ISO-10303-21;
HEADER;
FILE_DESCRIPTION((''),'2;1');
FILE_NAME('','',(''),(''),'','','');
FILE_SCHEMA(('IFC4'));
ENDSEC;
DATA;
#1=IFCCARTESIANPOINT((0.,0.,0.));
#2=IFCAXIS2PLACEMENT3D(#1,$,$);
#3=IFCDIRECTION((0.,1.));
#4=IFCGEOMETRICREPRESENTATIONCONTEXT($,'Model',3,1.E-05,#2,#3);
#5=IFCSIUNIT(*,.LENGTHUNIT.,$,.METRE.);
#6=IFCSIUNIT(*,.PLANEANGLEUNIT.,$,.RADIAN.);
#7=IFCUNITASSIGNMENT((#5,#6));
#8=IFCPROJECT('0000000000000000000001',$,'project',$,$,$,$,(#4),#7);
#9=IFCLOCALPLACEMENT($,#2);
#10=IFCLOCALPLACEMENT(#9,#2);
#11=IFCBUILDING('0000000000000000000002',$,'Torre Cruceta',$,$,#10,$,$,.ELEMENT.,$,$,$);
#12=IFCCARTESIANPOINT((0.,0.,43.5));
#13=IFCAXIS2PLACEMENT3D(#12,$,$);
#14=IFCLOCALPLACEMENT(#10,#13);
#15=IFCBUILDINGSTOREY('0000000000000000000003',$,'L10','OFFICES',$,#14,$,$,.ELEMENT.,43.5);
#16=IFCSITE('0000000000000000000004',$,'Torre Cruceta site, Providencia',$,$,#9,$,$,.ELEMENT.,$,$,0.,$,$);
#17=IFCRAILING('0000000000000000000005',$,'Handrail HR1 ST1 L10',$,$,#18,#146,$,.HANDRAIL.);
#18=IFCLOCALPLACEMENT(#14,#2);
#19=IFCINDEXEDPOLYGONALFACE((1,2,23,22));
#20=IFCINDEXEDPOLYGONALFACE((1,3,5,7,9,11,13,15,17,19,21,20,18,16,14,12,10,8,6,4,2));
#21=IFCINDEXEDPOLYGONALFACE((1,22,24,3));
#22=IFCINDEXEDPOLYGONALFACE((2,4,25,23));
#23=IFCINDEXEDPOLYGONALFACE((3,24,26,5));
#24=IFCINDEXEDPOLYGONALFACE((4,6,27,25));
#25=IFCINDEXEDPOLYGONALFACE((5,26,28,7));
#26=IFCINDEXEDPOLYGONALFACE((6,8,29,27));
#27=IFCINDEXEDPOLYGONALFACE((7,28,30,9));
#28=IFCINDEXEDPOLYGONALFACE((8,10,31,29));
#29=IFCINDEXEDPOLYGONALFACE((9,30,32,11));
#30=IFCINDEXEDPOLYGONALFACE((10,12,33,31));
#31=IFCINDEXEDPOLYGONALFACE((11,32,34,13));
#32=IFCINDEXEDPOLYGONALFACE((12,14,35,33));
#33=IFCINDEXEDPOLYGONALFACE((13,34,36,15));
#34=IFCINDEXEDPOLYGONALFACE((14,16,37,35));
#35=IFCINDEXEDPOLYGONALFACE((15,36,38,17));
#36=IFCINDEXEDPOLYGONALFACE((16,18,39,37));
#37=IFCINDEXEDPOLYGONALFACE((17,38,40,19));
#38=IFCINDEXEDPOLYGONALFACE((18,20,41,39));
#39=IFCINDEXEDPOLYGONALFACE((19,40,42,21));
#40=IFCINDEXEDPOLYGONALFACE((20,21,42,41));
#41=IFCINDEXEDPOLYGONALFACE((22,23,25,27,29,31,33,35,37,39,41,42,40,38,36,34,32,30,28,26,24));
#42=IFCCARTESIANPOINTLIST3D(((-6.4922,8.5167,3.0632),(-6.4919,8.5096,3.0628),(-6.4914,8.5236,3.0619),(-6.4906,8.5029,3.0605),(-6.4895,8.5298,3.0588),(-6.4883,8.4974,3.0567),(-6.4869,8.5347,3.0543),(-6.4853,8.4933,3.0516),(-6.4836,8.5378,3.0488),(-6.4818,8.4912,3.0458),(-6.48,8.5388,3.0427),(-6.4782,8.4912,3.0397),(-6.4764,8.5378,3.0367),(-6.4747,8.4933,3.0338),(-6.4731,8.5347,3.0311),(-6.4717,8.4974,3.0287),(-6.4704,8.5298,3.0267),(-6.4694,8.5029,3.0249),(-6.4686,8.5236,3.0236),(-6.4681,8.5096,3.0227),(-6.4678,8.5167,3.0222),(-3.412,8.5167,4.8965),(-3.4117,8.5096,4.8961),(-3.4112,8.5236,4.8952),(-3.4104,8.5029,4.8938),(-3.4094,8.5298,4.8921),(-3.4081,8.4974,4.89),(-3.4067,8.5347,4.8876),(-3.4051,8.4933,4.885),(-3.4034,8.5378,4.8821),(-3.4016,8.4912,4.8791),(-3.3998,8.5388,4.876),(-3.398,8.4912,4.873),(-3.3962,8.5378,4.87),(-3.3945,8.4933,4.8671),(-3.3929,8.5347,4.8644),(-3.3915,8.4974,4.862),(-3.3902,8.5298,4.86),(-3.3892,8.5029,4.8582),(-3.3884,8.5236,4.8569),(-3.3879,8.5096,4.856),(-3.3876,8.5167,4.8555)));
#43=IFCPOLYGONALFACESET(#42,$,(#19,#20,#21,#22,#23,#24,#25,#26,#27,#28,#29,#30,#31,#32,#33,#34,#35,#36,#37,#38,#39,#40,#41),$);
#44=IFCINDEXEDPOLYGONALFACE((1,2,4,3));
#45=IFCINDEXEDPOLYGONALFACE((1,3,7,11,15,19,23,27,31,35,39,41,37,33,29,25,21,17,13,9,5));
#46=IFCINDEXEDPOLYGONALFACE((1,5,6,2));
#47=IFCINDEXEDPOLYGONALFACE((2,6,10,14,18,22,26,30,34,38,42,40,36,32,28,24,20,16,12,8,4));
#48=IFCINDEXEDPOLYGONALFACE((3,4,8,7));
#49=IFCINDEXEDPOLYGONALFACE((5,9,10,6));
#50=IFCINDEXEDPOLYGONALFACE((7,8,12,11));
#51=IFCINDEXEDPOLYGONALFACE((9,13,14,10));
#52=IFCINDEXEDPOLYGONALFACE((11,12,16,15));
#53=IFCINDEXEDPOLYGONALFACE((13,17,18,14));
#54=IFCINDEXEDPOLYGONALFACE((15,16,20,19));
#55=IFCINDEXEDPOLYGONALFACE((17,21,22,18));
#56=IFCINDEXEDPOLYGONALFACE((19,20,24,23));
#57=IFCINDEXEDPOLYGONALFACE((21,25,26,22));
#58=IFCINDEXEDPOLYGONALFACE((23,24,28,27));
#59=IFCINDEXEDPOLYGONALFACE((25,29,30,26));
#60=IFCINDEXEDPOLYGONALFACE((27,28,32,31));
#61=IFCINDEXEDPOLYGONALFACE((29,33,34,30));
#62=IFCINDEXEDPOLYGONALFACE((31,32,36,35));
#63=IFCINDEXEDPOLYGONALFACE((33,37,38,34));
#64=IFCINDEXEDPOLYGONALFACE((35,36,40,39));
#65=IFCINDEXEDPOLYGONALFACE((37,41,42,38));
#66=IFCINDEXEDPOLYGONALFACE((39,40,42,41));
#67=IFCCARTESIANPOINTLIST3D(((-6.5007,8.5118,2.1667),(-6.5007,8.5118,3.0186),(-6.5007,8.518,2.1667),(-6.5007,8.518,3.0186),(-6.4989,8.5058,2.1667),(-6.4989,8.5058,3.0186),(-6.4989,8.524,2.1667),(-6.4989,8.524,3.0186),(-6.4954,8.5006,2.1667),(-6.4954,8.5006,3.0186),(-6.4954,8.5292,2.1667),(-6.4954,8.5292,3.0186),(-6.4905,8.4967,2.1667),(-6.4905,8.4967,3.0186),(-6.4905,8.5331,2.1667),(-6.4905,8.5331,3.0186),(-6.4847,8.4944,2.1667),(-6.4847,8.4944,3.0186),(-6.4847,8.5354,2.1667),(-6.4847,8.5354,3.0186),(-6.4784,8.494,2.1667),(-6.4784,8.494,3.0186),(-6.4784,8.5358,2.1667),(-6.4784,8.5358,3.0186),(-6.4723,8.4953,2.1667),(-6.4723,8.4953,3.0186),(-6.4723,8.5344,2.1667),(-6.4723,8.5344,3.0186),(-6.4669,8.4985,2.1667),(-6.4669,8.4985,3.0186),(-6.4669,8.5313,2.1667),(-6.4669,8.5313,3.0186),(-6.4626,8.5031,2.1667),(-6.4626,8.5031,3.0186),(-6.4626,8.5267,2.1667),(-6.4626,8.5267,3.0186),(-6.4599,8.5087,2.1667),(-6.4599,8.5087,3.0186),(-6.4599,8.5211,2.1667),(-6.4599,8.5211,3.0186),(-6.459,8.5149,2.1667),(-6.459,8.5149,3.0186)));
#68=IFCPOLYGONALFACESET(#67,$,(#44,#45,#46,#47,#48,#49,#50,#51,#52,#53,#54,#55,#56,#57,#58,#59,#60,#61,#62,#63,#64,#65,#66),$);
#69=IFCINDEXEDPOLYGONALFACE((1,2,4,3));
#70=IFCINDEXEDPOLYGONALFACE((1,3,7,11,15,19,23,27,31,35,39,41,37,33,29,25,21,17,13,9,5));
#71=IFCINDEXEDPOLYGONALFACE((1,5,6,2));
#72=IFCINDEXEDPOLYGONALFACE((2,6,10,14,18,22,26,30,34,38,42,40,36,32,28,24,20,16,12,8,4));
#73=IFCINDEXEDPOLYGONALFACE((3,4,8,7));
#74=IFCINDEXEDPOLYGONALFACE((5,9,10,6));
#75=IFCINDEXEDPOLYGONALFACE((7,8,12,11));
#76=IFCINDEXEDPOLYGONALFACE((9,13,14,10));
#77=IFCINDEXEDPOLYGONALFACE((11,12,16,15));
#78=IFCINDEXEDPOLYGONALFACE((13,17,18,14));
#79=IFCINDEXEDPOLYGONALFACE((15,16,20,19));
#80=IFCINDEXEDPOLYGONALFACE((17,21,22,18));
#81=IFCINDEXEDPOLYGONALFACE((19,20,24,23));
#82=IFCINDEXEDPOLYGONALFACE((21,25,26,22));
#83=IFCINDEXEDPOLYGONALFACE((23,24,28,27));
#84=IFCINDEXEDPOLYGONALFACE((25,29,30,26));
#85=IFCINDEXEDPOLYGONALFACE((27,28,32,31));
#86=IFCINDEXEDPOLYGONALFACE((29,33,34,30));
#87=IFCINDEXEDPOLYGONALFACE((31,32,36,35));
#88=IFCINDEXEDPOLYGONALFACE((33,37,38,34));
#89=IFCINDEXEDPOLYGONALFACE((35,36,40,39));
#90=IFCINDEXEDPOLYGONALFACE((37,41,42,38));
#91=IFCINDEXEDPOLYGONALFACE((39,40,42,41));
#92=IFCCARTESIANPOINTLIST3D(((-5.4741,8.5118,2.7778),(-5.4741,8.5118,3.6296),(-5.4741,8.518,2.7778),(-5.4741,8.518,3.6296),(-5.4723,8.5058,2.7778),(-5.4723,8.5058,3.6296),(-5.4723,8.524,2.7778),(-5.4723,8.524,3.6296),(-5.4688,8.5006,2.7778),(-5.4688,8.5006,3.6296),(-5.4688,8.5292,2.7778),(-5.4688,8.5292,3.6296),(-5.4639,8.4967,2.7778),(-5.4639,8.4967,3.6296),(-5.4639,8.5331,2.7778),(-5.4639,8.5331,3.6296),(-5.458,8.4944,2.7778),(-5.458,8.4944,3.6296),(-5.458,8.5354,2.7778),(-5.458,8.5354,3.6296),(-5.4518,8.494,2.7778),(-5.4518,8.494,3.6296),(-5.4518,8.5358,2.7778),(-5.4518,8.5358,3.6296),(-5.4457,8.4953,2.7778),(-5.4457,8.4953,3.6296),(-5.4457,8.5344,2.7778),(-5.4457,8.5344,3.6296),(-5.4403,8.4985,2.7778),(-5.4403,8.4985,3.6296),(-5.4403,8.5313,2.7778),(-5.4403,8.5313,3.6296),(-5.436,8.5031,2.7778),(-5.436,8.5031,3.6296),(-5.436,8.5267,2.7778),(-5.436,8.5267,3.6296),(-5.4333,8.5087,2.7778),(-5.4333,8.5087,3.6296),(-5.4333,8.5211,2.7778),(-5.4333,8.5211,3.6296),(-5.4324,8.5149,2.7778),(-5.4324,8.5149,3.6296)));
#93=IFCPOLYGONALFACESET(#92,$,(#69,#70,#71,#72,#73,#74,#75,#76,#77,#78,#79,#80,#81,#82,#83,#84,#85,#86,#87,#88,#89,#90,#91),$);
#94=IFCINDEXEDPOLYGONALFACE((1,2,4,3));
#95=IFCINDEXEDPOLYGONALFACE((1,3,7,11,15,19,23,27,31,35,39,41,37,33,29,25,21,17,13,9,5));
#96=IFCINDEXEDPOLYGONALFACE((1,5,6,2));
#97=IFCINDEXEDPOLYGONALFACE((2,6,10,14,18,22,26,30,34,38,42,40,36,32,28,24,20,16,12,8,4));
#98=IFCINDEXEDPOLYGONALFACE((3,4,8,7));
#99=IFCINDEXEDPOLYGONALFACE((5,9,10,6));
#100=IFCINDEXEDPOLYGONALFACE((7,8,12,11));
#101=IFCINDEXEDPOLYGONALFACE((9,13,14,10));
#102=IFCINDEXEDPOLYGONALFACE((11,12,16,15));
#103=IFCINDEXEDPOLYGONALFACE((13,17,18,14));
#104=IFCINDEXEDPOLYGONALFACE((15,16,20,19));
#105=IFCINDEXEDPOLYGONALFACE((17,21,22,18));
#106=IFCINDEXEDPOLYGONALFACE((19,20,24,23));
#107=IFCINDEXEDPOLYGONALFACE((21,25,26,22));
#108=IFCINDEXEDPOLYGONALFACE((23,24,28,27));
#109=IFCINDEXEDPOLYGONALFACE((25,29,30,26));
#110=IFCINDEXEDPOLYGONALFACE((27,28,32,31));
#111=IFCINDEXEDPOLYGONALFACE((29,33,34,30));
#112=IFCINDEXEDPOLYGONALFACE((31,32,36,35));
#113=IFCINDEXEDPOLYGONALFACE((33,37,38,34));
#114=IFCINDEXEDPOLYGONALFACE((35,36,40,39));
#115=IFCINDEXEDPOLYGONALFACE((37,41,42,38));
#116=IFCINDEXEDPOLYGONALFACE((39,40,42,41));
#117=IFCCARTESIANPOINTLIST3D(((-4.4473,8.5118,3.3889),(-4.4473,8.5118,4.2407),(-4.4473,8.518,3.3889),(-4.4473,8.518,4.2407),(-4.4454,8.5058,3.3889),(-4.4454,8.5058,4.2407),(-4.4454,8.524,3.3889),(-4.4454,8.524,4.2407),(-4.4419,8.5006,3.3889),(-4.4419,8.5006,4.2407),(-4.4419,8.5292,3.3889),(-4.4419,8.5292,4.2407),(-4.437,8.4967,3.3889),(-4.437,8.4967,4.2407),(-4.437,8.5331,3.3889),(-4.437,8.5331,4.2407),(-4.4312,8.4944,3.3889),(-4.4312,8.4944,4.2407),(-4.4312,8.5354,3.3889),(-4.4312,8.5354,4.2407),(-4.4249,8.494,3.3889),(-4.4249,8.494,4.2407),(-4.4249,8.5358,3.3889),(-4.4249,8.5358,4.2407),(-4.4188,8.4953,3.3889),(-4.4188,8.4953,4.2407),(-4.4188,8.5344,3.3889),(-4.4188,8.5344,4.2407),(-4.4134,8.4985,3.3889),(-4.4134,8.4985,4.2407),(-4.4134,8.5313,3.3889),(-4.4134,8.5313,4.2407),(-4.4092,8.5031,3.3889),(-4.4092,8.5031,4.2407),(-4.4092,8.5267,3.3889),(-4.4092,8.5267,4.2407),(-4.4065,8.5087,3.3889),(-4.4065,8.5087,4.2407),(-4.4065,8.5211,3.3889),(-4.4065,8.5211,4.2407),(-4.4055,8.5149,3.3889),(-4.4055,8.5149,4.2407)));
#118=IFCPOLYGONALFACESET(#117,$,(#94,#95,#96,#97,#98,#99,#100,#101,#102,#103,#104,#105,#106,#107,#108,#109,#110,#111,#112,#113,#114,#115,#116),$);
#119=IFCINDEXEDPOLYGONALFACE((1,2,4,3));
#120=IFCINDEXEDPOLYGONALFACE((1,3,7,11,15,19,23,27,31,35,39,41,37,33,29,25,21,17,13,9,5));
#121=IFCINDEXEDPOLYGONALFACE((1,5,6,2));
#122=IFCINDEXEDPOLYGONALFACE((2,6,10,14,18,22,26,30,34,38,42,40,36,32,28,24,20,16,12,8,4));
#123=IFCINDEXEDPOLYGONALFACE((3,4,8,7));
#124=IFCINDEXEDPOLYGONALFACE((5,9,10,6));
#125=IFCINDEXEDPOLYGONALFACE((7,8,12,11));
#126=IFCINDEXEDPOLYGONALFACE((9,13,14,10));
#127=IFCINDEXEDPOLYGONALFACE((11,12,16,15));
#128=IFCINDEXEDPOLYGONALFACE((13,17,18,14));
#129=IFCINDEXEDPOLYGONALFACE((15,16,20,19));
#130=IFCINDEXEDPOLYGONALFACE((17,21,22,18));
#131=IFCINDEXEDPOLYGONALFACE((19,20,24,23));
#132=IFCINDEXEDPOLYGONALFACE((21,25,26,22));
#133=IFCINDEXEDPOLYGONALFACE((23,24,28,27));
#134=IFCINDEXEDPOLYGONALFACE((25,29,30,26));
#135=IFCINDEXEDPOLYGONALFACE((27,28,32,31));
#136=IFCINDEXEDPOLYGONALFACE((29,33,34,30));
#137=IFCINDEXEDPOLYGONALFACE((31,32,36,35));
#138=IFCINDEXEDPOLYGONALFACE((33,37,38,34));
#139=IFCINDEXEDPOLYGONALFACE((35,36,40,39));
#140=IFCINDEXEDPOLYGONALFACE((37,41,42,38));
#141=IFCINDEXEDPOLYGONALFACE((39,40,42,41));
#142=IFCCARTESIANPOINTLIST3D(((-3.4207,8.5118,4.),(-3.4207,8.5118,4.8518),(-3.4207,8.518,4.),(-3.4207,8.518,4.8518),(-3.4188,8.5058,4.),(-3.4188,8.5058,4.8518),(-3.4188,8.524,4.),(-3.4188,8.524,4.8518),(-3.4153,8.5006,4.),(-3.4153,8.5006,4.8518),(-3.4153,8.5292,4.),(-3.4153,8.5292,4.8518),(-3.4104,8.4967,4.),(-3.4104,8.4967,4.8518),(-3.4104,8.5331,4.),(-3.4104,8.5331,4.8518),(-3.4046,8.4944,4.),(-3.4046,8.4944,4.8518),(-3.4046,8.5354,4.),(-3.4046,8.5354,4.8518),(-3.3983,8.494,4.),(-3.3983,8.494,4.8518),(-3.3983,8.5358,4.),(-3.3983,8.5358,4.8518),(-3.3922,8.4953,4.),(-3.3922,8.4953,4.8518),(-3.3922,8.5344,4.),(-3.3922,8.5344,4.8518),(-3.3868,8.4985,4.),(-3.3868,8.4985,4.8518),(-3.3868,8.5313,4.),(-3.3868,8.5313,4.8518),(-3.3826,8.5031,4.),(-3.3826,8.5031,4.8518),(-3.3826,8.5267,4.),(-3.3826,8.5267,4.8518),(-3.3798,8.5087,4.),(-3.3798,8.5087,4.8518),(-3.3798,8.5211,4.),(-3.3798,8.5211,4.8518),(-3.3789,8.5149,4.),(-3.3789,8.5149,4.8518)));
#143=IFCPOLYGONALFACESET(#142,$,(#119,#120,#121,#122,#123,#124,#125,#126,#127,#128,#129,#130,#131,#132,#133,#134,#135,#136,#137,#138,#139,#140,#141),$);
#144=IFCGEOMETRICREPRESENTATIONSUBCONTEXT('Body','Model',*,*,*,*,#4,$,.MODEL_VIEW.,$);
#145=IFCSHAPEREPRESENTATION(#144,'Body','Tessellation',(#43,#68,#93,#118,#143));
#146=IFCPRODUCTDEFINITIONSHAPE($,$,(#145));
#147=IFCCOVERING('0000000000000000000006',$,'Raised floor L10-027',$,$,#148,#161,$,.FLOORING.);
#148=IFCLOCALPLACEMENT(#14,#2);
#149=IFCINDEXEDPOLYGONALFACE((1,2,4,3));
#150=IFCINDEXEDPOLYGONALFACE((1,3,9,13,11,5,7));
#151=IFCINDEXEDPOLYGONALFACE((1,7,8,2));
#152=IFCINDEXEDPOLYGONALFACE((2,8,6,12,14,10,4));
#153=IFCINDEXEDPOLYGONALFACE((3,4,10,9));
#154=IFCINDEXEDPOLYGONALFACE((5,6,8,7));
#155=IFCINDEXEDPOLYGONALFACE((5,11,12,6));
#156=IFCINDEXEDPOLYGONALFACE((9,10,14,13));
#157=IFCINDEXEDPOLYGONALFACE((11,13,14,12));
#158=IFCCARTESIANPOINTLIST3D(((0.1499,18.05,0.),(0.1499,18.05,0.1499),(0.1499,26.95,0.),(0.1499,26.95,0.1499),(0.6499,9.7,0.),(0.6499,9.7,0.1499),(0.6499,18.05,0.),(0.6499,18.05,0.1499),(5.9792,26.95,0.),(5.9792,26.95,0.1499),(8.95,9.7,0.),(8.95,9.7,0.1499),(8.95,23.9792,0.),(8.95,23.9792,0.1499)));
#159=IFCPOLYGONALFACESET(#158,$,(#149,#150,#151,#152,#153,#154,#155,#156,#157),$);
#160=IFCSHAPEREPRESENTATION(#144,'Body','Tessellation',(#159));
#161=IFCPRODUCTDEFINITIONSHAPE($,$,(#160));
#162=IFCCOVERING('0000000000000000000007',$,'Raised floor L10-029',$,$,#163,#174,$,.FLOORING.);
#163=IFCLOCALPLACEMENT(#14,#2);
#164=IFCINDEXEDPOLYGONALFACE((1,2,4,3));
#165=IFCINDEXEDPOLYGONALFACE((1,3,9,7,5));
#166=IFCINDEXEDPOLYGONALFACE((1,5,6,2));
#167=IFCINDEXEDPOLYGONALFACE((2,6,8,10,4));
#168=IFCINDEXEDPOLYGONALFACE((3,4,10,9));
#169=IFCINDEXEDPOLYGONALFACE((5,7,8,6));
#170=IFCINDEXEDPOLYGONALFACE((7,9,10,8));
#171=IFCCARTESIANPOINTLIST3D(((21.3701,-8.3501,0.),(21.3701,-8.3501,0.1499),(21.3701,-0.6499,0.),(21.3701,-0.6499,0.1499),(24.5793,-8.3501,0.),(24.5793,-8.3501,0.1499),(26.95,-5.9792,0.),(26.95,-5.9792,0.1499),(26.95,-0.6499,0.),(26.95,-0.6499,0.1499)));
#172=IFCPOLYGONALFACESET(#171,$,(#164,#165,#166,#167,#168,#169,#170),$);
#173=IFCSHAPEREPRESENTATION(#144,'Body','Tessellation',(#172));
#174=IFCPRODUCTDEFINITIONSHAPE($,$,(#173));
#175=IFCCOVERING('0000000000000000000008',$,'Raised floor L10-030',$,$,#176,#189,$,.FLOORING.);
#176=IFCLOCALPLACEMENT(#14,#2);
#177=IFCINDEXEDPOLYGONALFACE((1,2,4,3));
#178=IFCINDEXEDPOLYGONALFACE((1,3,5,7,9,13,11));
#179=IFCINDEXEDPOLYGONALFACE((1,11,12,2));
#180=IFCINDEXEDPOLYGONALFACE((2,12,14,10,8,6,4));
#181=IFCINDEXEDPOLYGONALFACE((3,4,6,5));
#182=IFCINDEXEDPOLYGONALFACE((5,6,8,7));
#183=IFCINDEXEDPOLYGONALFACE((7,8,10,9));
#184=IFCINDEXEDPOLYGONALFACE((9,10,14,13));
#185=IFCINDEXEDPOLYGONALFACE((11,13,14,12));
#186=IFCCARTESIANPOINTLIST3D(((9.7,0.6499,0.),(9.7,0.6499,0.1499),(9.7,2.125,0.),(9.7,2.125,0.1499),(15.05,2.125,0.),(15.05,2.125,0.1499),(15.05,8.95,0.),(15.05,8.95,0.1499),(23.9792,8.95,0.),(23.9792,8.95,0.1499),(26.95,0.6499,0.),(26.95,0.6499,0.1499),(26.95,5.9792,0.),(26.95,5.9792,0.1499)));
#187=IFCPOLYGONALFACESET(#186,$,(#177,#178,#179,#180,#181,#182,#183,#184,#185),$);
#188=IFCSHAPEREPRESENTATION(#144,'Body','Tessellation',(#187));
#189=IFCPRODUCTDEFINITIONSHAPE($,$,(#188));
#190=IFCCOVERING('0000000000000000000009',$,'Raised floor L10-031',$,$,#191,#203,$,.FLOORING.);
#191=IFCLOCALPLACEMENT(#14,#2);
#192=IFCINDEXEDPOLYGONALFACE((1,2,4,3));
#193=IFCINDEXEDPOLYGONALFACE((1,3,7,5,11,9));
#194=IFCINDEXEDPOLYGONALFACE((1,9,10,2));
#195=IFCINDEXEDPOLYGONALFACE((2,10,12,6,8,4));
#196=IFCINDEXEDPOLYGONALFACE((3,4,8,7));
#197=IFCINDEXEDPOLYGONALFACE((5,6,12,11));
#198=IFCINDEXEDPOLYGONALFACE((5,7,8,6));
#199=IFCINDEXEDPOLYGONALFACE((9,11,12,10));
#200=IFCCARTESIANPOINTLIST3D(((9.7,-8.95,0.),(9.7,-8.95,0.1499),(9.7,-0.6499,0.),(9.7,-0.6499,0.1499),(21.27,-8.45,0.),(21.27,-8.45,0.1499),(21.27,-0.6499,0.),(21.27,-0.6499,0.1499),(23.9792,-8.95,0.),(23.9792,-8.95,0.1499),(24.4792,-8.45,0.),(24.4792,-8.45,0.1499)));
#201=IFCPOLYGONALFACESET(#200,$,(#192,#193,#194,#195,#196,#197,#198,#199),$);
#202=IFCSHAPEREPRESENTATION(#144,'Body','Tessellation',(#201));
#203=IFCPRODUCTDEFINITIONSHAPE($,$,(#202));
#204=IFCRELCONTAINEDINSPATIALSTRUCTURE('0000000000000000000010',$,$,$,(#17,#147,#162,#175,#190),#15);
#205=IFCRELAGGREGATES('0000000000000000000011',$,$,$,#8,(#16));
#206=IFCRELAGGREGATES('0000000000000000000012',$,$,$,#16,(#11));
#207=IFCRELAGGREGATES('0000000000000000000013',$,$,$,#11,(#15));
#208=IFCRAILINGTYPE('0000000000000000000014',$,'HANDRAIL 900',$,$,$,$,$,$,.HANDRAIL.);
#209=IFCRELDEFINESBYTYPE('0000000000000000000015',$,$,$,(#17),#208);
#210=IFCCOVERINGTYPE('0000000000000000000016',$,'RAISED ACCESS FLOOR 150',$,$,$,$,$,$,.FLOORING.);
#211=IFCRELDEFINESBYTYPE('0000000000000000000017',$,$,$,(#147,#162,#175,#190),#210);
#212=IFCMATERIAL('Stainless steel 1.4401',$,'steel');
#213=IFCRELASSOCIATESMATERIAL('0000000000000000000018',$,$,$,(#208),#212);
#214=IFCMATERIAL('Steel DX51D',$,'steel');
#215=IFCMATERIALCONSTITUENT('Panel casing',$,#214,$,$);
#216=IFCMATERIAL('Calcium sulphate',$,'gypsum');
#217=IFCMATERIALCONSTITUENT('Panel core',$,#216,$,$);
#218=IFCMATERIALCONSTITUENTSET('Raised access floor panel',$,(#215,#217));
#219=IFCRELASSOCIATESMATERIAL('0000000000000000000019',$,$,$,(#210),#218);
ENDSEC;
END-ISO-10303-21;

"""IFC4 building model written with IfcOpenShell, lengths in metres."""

from ifc_helpers import new_model, si_unit, direction, frame, origin, origin_2d, place, context, subcontext, project, spatial, polyline, circle, outline, extrude, material, constituent, constituent_set, type_object, element, save


model = new_model("IFC4")

# Units and contexts
model_context = context("Model", 3, precision=1e-05, world=origin(), true_north=direction((0.0, 1.0)))
body_context = subcontext(model_context, "Body", "Model", "MODEL_VIEW")
ifc_project = project(units=[si_unit("LENGTHUNIT", "METRE"), si_unit("PLANEANGLEUNIT", "RADIAN")], contexts=[model_context])

# Site, building, storey
site_placement = place(None, origin())
site = spatial("IfcSite", under=ifc_project, at=site_placement, Name="Torre Cruceta site, Providencia", CompositionType="ELEMENT", RefElevation=0.0)
building_placement = place(site_placement, origin())
building = spatial("IfcBuilding", under=site, at=building_placement, Name="Torre Cruceta", CompositionType="ELEMENT")
storey_placement = place(building_placement, frame((0.0, 0.0, 43.5)))
storey = spatial("IfcBuildingStorey", under=building, at=storey_placement, Name="L10", Description="OFFICES", CompositionType="ELEMENT", Elevation=43.5)

# Railing
ifc_material_1 = material(Name="Stainless steel 1.4401", Category="steel")
railing_type = type_object("IfcRailingType", Name="HANDRAIL 900", PredefinedType="HANDRAIL", material=ifc_material_1)
railing_1_placement = place(storey_placement, frame((-6.48, 8.5149, 2.1667)))
element("IfcRailing", 1, at=railing_1_placement, inside=storey, type_object=railing_type, Name="Handrail HR1 ST1 L10", PredefinedType="HANDRAIL", context=body_context, shape_type="SweptSolid", body=[
    extrude(circle(Radius=0.0239, at=origin_2d()), frame((0.0, 0.0, 0.876), z_axis=(0.859309, 0.0, 0.511458), x_axis=(0.0, 1.0, 0.0)), (0.0, 0.0, 1.0), 3.5845),
    extrude(circle(Radius=0.021, at=origin_2d()), origin(), (0.0, 0.0, 1.0), 0.8518),
    extrude(circle(Radius=0.021, at=origin_2d()), frame((1.0266, 0.0, 0.6111)), (0.0, 0.0, 1.0), 0.8518),
    extrude(circle(Radius=0.021, at=origin_2d()), frame((2.0535, 0.0, 1.2222)), (0.0, 0.0, 1.0), 0.8518),
    extrude(circle(Radius=0.021, at=origin_2d()), frame((3.0801, 0.0, 1.8333)), (0.0, 0.0, 1.0), 0.8518),
])

# Coverings
ifc_material_2 = material(Name="Steel DX51D", Category="steel")
ifc_constituent_1 = constituent(ifc_material_2, Name="Panel casing")
ifc_material_3 = material(Name="Calcium sulphate", Category="gypsum")
ifc_constituent_2 = constituent(ifc_material_3, Name="Panel core")
ifc_constituent_set_1 = constituent_set(constituents=[ifc_constituent_1, ifc_constituent_2], Name="Raised access floor panel")
covering_type_1 = type_object("IfcCoveringType", Name="RAISED ACCESS FLOOR 150", PredefinedType="FLOORING", material=ifc_constituent_set_1)
covering_1_placement = place(storey_placement, origin())
element("IfcCovering", 2, at=covering_1_placement, inside=storey, type_object=covering_type_1, Name="Raised floor L10-027", PredefinedType="FLOORING", context=body_context, shape_type="SweptSolid", body=[
    extrude(outline(polyline([(5.9792, 26.95), (8.95, 23.9792), (8.95, 9.7), (0.6499, 9.7), (0.6499, 18.05), (0.1499, 18.05), (0.1499, 26.95), (5.9792, 26.95)])), origin(), (0.0, 0.0, 1.0), 0.1499),
])
covering_2_placement = place(storey_placement, origin())
element("IfcCovering", 3, at=covering_2_placement, inside=storey, type_object=covering_type_1, Name="Raised floor L10-029", PredefinedType="FLOORING", context=body_context, shape_type="SweptSolid", body=[
    extrude(outline(polyline([(24.5793, -8.3501), (21.3701, -8.3501), (21.3701, -0.6499), (26.95, -0.6499), (26.95, -5.9792), (24.5793, -8.3501)])), origin(), (0.0, 0.0, 1.0), 0.1499),
])
covering_3_placement = place(storey_placement, origin())
element("IfcCovering", 4, at=covering_3_placement, inside=storey, type_object=covering_type_1, Name="Raised floor L10-030", PredefinedType="FLOORING", context=body_context, shape_type="SweptSolid", body=[
    extrude(outline(polyline([(26.95, 0.6499), (9.7, 0.6499), (9.7, 2.125), (15.05, 2.125), (15.05, 8.95), (23.9792, 8.95), (26.95, 5.9792), (26.95, 0.6499)])), origin(), (0.0, 0.0, 1.0), 0.1499),
])
covering_4_placement = place(storey_placement, origin())
element("IfcCovering", 5, at=covering_4_placement, inside=storey, type_object=covering_type_1, Name="Raised floor L10-031", PredefinedType="FLOORING", context=body_context, shape_type="SweptSolid", body=[
    extrude(outline(polyline([(21.27, -8.45), (24.4792, -8.45), (23.9792, -8.95), (9.7, -8.95), (9.7, -0.6499), (21.27, -0.6499), (21.27, -8.45)])), origin(), (0.0, 0.0, 1.0), 0.1499),
])

save(model, "model.ifc")
